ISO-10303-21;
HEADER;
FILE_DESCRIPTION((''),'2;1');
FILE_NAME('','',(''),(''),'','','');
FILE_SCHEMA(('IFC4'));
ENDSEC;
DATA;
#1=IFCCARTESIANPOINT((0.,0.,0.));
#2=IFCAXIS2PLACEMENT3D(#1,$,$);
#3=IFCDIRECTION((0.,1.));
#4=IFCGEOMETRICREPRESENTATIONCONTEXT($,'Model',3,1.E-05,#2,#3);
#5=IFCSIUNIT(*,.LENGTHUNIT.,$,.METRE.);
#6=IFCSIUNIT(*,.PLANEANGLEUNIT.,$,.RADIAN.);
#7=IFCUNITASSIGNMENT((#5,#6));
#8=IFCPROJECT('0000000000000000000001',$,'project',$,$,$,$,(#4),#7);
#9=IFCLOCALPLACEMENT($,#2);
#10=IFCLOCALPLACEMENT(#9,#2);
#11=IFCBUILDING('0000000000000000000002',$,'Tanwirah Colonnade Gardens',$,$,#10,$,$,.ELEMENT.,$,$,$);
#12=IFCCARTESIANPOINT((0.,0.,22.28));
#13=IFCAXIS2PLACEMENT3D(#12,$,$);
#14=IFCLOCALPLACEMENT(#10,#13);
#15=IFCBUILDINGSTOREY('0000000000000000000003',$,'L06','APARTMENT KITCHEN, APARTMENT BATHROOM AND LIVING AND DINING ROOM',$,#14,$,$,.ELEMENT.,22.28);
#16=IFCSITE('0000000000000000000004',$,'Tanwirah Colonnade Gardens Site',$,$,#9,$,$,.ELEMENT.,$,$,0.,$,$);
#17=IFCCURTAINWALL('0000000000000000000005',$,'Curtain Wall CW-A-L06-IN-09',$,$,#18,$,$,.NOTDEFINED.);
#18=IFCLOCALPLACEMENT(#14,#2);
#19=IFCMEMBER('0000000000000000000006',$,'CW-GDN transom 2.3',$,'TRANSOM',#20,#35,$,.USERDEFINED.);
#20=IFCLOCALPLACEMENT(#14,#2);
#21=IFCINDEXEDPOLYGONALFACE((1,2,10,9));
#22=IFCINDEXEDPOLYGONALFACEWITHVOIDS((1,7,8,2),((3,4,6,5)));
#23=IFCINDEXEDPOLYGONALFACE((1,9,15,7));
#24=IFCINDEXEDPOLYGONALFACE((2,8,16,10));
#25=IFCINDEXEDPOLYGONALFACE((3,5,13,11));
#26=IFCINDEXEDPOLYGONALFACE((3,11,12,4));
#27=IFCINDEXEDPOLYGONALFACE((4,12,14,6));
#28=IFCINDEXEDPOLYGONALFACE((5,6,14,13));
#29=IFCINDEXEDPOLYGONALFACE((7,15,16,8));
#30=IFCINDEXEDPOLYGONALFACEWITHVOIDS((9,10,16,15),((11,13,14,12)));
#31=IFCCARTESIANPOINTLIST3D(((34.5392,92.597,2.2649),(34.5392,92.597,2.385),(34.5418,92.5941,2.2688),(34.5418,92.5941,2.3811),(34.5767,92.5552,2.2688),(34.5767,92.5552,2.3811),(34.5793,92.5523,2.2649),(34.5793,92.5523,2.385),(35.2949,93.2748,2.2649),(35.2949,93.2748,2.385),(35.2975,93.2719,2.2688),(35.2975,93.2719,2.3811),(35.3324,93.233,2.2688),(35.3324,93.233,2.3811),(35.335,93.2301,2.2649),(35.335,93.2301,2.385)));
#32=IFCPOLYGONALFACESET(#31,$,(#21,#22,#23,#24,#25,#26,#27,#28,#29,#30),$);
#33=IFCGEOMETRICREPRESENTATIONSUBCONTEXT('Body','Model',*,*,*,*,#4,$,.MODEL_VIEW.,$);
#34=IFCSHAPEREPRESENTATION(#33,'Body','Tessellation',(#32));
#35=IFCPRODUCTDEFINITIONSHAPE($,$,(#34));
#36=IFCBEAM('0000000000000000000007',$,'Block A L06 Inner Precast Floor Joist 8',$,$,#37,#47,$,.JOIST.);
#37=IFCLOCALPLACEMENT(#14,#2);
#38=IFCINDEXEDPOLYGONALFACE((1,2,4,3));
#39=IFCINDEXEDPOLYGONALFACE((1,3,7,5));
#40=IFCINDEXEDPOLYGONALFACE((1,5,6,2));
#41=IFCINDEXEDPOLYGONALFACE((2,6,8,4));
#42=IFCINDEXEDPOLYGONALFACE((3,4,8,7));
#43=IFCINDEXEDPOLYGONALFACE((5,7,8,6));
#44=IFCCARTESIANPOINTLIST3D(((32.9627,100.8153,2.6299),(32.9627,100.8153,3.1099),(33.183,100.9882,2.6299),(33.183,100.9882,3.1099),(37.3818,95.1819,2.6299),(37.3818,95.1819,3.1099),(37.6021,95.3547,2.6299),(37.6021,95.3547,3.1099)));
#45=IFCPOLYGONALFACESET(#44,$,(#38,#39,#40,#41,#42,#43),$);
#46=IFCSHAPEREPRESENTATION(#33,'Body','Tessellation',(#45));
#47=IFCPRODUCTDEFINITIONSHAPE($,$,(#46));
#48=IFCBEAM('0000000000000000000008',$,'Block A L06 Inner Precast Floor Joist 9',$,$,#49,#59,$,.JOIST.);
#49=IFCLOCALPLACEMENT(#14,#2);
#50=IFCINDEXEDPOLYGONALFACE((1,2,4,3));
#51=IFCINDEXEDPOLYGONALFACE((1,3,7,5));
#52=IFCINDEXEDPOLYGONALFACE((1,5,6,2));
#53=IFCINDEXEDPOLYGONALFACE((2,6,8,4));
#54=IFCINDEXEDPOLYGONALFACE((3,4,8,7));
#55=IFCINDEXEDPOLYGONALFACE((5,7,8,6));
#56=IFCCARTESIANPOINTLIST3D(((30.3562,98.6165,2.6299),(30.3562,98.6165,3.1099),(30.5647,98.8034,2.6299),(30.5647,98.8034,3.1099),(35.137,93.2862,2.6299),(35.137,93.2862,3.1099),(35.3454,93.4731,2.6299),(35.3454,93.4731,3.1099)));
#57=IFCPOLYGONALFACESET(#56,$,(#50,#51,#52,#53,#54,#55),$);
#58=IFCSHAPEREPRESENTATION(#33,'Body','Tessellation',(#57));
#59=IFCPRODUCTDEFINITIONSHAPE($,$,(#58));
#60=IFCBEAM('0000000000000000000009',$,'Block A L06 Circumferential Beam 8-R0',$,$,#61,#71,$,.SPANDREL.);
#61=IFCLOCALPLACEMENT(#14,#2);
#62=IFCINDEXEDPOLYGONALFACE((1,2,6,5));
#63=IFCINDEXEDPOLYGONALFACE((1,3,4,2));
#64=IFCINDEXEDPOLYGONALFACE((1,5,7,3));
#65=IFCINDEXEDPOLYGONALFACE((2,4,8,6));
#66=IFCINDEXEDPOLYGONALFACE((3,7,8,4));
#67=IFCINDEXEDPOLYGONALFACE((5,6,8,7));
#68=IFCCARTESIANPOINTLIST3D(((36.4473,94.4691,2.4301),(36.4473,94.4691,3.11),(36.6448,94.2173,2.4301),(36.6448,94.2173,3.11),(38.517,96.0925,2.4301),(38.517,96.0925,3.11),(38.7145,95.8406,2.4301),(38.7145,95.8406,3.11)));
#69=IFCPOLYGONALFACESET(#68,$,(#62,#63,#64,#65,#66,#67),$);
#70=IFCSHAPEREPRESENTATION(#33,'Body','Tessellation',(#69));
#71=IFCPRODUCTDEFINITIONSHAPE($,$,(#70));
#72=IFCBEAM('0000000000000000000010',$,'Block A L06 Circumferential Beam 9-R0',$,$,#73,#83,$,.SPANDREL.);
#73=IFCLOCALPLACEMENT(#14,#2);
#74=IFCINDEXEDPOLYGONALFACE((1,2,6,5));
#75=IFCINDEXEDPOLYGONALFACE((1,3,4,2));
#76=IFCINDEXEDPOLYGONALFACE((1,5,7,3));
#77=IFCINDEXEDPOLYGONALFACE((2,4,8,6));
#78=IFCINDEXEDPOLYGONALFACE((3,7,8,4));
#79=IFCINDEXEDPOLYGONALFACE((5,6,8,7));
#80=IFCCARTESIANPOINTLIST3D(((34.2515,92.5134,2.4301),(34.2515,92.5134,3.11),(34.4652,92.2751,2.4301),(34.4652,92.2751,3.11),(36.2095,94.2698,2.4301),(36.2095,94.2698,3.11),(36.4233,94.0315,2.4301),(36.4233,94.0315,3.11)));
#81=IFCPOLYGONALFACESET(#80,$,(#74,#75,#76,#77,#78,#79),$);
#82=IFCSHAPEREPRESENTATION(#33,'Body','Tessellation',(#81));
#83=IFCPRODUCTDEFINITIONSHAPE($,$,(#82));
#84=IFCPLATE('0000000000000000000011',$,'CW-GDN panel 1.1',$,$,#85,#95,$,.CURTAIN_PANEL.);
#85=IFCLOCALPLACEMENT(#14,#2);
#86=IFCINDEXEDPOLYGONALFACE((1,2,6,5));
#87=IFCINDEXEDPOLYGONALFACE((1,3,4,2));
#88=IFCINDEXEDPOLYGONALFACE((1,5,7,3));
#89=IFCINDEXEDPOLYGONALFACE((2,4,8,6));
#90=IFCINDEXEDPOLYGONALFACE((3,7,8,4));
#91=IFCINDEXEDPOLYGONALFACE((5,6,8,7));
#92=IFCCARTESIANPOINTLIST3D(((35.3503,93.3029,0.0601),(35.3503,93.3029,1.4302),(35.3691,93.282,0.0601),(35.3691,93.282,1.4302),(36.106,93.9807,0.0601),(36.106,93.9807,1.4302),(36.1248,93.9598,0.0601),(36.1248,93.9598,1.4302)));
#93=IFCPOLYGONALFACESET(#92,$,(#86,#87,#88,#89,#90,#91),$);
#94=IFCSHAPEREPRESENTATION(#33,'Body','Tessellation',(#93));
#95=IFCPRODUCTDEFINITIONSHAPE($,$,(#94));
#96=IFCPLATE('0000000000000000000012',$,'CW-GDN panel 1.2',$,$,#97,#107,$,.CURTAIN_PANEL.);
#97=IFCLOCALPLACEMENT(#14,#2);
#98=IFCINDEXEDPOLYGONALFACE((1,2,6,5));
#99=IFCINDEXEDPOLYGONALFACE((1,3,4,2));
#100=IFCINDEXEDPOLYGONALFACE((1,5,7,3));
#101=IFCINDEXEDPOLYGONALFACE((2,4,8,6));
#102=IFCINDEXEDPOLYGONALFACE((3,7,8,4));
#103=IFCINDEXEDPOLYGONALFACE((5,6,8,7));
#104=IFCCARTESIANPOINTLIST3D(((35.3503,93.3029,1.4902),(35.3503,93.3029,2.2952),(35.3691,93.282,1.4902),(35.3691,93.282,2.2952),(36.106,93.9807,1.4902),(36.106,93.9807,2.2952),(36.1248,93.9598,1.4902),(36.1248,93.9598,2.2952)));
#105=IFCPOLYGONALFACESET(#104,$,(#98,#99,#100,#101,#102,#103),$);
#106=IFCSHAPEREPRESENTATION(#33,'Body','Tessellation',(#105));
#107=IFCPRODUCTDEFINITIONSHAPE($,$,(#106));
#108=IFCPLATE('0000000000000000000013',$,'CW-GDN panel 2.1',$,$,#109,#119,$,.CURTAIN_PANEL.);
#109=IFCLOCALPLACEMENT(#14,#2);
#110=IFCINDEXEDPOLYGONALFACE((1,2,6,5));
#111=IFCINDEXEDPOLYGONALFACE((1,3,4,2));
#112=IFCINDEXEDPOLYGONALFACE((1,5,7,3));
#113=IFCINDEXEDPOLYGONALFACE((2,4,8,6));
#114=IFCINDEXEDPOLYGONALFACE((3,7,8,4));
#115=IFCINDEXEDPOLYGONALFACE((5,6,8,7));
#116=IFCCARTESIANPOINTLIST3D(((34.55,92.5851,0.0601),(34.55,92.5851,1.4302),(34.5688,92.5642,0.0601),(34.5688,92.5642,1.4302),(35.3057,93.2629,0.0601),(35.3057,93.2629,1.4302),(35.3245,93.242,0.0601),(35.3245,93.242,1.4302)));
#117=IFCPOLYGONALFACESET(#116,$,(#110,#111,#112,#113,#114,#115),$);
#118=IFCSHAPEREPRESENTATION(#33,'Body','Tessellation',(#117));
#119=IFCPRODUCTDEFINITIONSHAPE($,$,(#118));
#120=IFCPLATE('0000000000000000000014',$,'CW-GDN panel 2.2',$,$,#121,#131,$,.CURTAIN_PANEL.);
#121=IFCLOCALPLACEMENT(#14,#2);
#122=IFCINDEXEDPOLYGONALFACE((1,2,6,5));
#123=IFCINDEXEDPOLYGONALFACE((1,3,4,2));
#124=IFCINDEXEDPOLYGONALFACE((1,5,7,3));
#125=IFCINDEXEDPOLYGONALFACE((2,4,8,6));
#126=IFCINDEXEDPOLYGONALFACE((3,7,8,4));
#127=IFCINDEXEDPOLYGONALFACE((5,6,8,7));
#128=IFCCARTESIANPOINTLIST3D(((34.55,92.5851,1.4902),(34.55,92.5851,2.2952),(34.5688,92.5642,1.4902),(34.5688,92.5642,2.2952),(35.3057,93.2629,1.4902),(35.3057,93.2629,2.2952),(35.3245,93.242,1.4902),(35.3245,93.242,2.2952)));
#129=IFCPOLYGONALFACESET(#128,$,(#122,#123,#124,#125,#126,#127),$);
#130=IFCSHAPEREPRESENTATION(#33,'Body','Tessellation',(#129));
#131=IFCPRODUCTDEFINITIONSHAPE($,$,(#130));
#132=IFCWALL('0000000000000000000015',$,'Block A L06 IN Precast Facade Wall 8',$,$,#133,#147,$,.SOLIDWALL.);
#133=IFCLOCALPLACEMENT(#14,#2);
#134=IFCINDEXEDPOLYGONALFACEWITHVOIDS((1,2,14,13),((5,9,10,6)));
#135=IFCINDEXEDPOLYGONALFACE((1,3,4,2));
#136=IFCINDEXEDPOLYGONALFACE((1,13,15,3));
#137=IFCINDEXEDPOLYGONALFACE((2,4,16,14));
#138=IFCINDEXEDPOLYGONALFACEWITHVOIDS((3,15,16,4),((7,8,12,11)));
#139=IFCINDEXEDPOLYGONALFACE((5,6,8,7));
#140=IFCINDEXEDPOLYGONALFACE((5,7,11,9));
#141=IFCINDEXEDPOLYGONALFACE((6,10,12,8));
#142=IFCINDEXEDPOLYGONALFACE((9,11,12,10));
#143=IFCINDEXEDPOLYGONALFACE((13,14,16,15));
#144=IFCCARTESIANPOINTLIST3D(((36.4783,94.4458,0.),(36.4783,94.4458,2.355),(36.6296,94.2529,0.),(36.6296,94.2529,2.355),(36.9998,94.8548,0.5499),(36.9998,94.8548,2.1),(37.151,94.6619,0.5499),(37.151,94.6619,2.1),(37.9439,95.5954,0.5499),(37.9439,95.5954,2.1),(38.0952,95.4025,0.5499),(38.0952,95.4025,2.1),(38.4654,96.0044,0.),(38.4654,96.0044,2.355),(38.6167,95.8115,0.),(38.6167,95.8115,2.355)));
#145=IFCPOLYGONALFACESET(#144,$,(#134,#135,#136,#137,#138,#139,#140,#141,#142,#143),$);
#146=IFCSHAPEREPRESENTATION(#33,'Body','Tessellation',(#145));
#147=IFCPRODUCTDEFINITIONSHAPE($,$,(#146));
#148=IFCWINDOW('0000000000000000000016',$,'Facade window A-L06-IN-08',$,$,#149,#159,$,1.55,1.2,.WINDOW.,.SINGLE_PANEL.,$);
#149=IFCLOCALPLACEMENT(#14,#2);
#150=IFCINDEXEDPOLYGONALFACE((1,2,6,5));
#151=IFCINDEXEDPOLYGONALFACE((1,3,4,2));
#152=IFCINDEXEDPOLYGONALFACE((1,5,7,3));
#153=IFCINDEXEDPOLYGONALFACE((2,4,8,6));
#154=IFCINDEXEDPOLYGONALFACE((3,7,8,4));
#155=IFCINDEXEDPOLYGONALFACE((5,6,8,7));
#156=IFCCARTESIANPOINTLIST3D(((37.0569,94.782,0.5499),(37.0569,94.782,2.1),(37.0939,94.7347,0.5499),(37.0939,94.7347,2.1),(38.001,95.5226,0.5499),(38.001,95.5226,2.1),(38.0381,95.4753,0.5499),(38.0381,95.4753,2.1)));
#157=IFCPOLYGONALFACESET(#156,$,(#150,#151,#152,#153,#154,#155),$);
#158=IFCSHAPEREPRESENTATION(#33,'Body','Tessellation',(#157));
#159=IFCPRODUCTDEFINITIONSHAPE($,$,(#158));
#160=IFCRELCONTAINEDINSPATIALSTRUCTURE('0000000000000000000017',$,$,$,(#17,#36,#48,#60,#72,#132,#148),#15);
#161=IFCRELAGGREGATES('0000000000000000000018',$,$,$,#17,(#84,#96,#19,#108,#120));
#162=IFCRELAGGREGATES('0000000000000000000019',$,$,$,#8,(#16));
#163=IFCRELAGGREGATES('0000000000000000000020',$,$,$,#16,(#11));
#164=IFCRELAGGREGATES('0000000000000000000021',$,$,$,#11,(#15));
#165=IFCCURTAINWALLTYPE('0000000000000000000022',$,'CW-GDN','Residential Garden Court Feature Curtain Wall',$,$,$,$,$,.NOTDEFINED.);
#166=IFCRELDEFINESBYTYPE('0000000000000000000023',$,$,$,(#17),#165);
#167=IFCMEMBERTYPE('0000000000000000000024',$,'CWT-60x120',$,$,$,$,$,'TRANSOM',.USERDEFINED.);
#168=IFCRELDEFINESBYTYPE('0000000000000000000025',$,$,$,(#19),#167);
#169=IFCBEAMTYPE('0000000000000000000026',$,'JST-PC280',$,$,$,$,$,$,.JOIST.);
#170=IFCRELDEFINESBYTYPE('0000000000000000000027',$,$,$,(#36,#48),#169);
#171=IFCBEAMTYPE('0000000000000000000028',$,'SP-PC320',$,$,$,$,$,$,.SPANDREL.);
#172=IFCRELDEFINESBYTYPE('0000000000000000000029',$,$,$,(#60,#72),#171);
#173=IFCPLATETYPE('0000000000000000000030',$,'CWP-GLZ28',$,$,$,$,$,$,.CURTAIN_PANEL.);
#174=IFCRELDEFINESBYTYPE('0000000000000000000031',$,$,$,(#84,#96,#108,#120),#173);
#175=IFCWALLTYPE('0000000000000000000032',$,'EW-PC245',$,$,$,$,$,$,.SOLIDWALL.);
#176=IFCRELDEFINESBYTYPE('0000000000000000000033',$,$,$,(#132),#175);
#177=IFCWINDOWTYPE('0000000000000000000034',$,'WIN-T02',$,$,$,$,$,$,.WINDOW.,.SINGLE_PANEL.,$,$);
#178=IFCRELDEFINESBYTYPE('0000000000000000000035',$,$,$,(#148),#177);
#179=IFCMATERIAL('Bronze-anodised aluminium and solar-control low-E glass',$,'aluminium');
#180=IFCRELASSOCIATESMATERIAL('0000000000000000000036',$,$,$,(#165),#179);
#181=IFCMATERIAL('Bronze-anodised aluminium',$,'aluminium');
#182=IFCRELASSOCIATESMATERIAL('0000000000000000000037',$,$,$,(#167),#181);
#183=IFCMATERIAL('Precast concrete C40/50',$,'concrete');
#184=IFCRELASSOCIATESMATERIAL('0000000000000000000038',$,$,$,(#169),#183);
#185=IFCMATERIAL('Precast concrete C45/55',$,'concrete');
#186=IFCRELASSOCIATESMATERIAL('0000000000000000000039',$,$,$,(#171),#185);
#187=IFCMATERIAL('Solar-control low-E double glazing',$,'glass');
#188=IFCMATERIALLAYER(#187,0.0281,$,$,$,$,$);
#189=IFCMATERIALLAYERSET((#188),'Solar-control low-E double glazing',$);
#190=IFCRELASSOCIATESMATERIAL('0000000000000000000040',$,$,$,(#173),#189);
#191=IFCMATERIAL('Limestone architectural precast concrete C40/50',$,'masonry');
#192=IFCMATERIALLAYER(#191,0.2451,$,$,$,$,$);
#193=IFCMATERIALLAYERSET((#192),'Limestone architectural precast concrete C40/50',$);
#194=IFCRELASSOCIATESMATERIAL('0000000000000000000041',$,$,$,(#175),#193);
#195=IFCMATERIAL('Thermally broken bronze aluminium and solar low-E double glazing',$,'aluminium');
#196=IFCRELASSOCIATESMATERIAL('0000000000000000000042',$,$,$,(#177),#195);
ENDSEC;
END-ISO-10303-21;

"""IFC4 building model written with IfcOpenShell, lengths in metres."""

from ifc_helpers import new_model, si_unit, direction, frame, frame_2d, origin, origin_2d, place, context, subcontext, project, spatial, rectangle, hollow_rectangle, extrude, material, layer, layer_set, material_profile, profile_set, type_object, element, fill, aggregate, save


model = new_model("IFC4")

# Units and contexts
model_context = context("Model", 3, precision=1e-05, world=origin(), true_north=direction((0.0, 1.0)))
body_context = subcontext(model_context, "Body", "Model", "MODEL_VIEW")
ifc_project = project(units=[si_unit("LENGTHUNIT", "METRE"), si_unit("PLANEANGLEUNIT", "RADIAN")], contexts=[model_context])

# Site, building, storey
site_placement = place(None, origin())
site = spatial("IfcSite", under=ifc_project, at=site_placement, Name="Tanwirah Colonnade Gardens Site", CompositionType="ELEMENT", RefElevation=0.0)
building_placement = place(site_placement, origin())
building = spatial("IfcBuilding", under=site, at=building_placement, Name="Tanwirah Colonnade Gardens", CompositionType="ELEMENT")
storey_placement = place(building_placement, frame((0.0, 0.0, 22.28)))
storey = spatial("IfcBuildingStorey", under=building, at=storey_placement, Name="L06", Description="APARTMENT KITCHEN, APARTMENT BATHROOM AND LIVING AND DINING ROOM", CompositionType="ELEMENT", Elevation=22.28)

# Shared definitions
ifc_material_1 = material(Name="Precast concrete C45/55", Category="concrete")
ifc_material_2 = material(Name="Precast concrete C40/50", Category="concrete")

# Curtain wall, member
ifc_material_3 = material(Name="Bronze-anodised aluminium and solar-control low-E glass", Category="aluminium")
curtain_wall_type = type_object("IfcCurtainWallType", Name="CW-GDN", Description="Residential Garden Court Feature Curtain Wall", PredefinedType="NOTDEFINED", material=ifc_material_3)
curtain_wall_placement = place(storey_placement, origin())
curtain_wall = element("IfcCurtainWall", 1, at=curtain_wall_placement, inside=storey, type_object=curtain_wall_type, Name="Curtain Wall CW-A-L06-IN-09", PredefinedType="NOTDEFINED")
ifc_material_4 = material(Name="Bronze-anodised aluminium", Category="aluminium")
ifc_material_profile_1 = material_profile(ifc_material_4, hollow_rectangle(XDim=0.0601, YDim=0.1201, WallThickness=0.0039, at=origin_2d()), Name="CW-TRN 60x120x4")
ifc_profile_set_1 = profile_set([ifc_material_profile_1], Name="Bronze-anodised aluminium")
member_type_1 = type_object("IfcMemberType", Name="CWT-60x120", ElementType="TRANSOM", PredefinedType="USERDEFINED", material=ifc_profile_set_1)
member_1_placement = place(storey_placement, frame((35.3149, 93.2524, 2.325), z_axis=(-0.744429, -0.667701, 0.0), x_axis=(0.667701, -0.744429, 0.0)))
member_1 = element("IfcMember", 2, at=member_1_placement, type_object=member_type_1, Name="CW-GDN transom 2.3", ObjectType="TRANSOM", PredefinedType="USERDEFINED", context=body_context, shape_type="SweptSolid", body=[
    extrude(hollow_rectangle(XDim=0.0601, YDim=0.1201, WallThickness=0.0039, at=origin_2d()), origin(), (0.0, 0.0, 1.0), 1.0151),
])

# Beams
ifc_material_profile_2 = material_profile(ifc_material_2, rectangle(XDim=0.28, YDim=0.48, at=origin_2d()), Name="PC-JST 280x480")
ifc_profile_set_2 = profile_set([ifc_material_profile_2], Name="Precast concrete C40/50")
beam_type_1 = type_object("IfcBeamType", Name="JST-PC280", PredefinedType="JOIST", material=ifc_profile_set_2)
beam_1_placement = place(storey_placement, frame((37.4919, 95.2683, 2.8699), z_axis=(-0.617202, 0.786804, 0.0), x_axis=(-0.786804, -0.617202, 0.0)))
element("IfcBeam", 3, at=beam_1_placement, inside=storey, type_object=beam_type_1, Name="Block A L06 Inner Precast Floor Joist 8", PredefinedType="JOIST", context=body_context, shape_type="SweptSolid", body=[
    extrude(rectangle(XDim=0.28, YDim=0.48, at=origin_2d()), origin(), (0.0, 0.0, 1.0), 7.1599),
])
beam_2_placement = place(storey_placement, frame((35.2412, 93.3796, 2.8699), z_axis=(-0.667688, 0.744441, 0.0), x_axis=(-0.744441, -0.667688, 0.0)))
element("IfcBeam", 4, at=beam_2_placement, inside=storey, type_object=beam_type_1, Name="Block A L06 Inner Precast Floor Joist 9", PredefinedType="JOIST", context=body_context, shape_type="SweptSolid", body=[
    extrude(rectangle(XDim=0.28, YDim=0.48, at=origin_2d()), origin(), (0.0, 0.0, 1.0), 7.1602),
])
ifc_material_profile_3 = material_profile(ifc_material_1, rectangle(XDim=0.3201, YDim=0.6799, at=origin_2d()), Name="PC-SP 320x680")
ifc_profile_set_3 = profile_set([ifc_material_profile_3], Name="Precast concrete C45/55")
beam_type_2 = type_object("IfcBeamType", Name="SP-PC320", PredefinedType="SPANDREL", material=ifc_profile_set_3)
for number, where, z_axis, x_axis, name in (
    (5, (38.6157, 95.9666, 2.77), (-0.786837, -0.617161, 0.0), (0.617161, -0.786837, 0.0), "Block A L06 Circumferential Beam 8-R0"),
    (6, (36.3164, 94.1506, 2.77), (-0.744401, -0.667733, 0.0), (0.667733, -0.744401, 0.0), "Block A L06 Circumferential Beam 9-R0"),
):
    element("IfcBeam", number, at=place(storey_placement, frame(where, z_axis=z_axis, x_axis=x_axis)), inside=storey, type_object=beam_type_2, Name=name, PredefinedType="SPANDREL", context=body_context, shape_type="SweptSolid", body=[
        extrude(rectangle(XDim=0.3201, YDim=0.6799, at=origin_2d()), origin(), (0.0, 0.0, 1.0), 2.6304),
    ])

# Plates
ifc_material_5 = material(Name="Solar-control low-E double glazing", Category="glass")
ifc_layer_1 = layer(ifc_material_5, 0.0281)
ifc_layer_set_1 = layer_set([ifc_layer_1], Name="Solar-control low-E double glazing")
plate_type = type_object("IfcPlateType", Name="CWP-GLZ28", PredefinedType="CURTAIN_PANEL", material=ifc_layer_set_1)
plate_1_placement = place(storey_placement, frame((35.7375, 93.6313, 0.0601), z_axis=(0.0, 0.0, 1.0), x_axis=(-0.74444, -0.667689, 0.0)))
plate_1 = element("IfcPlate", 7, at=plate_1_placement, type_object=plate_type, Name="CW-GDN panel 1.1", PredefinedType="CURTAIN_PANEL", context=body_context, shape_type="SweptSolid", body=[
    extrude(rectangle(XDim=1.0151, YDim=0.0281, at=origin_2d()), origin(), (0.0, 0.0, 1.0), 1.3701),
])
plate_2_placement = place(storey_placement, frame((35.7375, 93.6313, 1.4902), z_axis=(0.0, 0.0, 1.0), x_axis=(-0.74444, -0.667689, 0.0)))
plate_2 = element("IfcPlate", 8, at=plate_2_placement, type_object=plate_type, Name="CW-GDN panel 1.2", PredefinedType="CURTAIN_PANEL", context=body_context, shape_type="SweptSolid", body=[
    extrude(rectangle(XDim=1.0151, YDim=0.0281, at=origin_2d()), origin(), (0.0, 0.0, 1.0), 0.8049),
])
plate_3_placement = place(storey_placement, frame((34.9373, 92.9136, 0.0601), z_axis=(0.0, 0.0, 1.0), x_axis=(-0.74444, -0.667689, 0.0)))
plate_3 = element("IfcPlate", 9, at=plate_3_placement, type_object=plate_type, Name="CW-GDN panel 2.1", PredefinedType="CURTAIN_PANEL", context=body_context, shape_type="SweptSolid", body=[
    extrude(rectangle(XDim=1.0151, YDim=0.0281, at=origin_2d()), origin(), (0.0, 0.0, 1.0), 1.3701),
])
plate_4_placement = place(storey_placement, frame((34.9373, 92.9136, 1.4902), z_axis=(0.0, 0.0, 1.0), x_axis=(-0.74444, -0.667689, 0.0)))
plate_4 = element("IfcPlate", 10, at=plate_4_placement, type_object=plate_type, Name="CW-GDN panel 2.2", PredefinedType="CURTAIN_PANEL", context=body_context, shape_type="SweptSolid", body=[
    extrude(rectangle(XDim=1.0151, YDim=0.0281, at=origin_2d()), origin(), (0.0, 0.0, 1.0), 0.8049),
])
aggregate(curtain_wall, [plate_1, plate_2, member_1, plate_3, plate_4])

# Wall, opening, window
ifc_material_6 = material(Name="Limestone architectural precast concrete C40/50", Category="masonry")
ifc_layer_2 = layer(ifc_material_6, 0.2451)
ifc_layer_set_2 = layer_set([ifc_layer_2], Name="Limestone architectural precast concrete C40/50")
wall_type_1 = type_object("IfcWallType", Name="EW-PC245", PredefinedType="SOLIDWALL", material=ifc_layer_set_2)
wall_1_placement = place(storey_placement, frame((38.541, 95.908, 0.0), z_axis=(0.0, 0.0, 1.0), x_axis=(-0.786831, -0.617168, 0.0)))
wall_1 = element("IfcWall", 11, at=wall_1_placement, inside=storey, type_object=wall_type_1, Name="Block A L06 IN Precast Facade Wall 8", PredefinedType="SOLIDWALL", context=body_context, shape_type="SweptSolid", body=[
    extrude(rectangle(XDim=2.5254, YDim=0.2451, at=frame_2d((1.2627, 0.0))), origin(), (0.0, 0.0, 1.0), 2.355),
])
opening_1_placement = place(wall_1_placement, frame((0.6626, 0.0, 0.55)))
opening_1 = element("IfcOpeningElement", 12, at=opening_1_placement, cuts=wall_1, PredefinedType="OPENING", context=body_context, shape_type="SweptSolid", body=[
    extrude(rectangle(XDim=1.2, YDim=1.55, at=frame_2d((0.6001, 0.7749))), frame((0.0, 0.1326, 0.0), z_axis=(0.0, -1.0, 0.0), x_axis=(1.0, 0.0, 0.0)), (0.0, 0.0, 1.0), 0.2651),
])
ifc_material_7 = material(Name="Thermally broken bronze aluminium and solar low-E double glazing", Category="aluminium")
window_type = type_object("IfcWindowType", Name="WIN-T02", PartitioningType="SINGLE_PANEL", PredefinedType="WINDOW", material=ifc_material_7)
window_placement = place(opening_1_placement, origin())
window = element("IfcWindow", 13, at=window_placement, inside=storey, type_object=window_type, Name="Facade window A-L06-IN-08", OverallHeight=1.55, OverallWidth=1.2, PartitioningType="SINGLE_PANEL", PredefinedType="WINDOW", context=body_context, shape_type="SweptSolid", body=[
    extrude(rectangle(XDim=1.2, YDim=1.55, at=frame_2d((0.6001, 0.7749))), frame((0.0, 0.03, 0.0), z_axis=(0.0, -1.0, 0.0), x_axis=(1.0, 0.0, 0.0)), (0.0, 0.0, 1.0), 0.0601),
])
fill(opening_1, window)

save(model, "model.ifc")
